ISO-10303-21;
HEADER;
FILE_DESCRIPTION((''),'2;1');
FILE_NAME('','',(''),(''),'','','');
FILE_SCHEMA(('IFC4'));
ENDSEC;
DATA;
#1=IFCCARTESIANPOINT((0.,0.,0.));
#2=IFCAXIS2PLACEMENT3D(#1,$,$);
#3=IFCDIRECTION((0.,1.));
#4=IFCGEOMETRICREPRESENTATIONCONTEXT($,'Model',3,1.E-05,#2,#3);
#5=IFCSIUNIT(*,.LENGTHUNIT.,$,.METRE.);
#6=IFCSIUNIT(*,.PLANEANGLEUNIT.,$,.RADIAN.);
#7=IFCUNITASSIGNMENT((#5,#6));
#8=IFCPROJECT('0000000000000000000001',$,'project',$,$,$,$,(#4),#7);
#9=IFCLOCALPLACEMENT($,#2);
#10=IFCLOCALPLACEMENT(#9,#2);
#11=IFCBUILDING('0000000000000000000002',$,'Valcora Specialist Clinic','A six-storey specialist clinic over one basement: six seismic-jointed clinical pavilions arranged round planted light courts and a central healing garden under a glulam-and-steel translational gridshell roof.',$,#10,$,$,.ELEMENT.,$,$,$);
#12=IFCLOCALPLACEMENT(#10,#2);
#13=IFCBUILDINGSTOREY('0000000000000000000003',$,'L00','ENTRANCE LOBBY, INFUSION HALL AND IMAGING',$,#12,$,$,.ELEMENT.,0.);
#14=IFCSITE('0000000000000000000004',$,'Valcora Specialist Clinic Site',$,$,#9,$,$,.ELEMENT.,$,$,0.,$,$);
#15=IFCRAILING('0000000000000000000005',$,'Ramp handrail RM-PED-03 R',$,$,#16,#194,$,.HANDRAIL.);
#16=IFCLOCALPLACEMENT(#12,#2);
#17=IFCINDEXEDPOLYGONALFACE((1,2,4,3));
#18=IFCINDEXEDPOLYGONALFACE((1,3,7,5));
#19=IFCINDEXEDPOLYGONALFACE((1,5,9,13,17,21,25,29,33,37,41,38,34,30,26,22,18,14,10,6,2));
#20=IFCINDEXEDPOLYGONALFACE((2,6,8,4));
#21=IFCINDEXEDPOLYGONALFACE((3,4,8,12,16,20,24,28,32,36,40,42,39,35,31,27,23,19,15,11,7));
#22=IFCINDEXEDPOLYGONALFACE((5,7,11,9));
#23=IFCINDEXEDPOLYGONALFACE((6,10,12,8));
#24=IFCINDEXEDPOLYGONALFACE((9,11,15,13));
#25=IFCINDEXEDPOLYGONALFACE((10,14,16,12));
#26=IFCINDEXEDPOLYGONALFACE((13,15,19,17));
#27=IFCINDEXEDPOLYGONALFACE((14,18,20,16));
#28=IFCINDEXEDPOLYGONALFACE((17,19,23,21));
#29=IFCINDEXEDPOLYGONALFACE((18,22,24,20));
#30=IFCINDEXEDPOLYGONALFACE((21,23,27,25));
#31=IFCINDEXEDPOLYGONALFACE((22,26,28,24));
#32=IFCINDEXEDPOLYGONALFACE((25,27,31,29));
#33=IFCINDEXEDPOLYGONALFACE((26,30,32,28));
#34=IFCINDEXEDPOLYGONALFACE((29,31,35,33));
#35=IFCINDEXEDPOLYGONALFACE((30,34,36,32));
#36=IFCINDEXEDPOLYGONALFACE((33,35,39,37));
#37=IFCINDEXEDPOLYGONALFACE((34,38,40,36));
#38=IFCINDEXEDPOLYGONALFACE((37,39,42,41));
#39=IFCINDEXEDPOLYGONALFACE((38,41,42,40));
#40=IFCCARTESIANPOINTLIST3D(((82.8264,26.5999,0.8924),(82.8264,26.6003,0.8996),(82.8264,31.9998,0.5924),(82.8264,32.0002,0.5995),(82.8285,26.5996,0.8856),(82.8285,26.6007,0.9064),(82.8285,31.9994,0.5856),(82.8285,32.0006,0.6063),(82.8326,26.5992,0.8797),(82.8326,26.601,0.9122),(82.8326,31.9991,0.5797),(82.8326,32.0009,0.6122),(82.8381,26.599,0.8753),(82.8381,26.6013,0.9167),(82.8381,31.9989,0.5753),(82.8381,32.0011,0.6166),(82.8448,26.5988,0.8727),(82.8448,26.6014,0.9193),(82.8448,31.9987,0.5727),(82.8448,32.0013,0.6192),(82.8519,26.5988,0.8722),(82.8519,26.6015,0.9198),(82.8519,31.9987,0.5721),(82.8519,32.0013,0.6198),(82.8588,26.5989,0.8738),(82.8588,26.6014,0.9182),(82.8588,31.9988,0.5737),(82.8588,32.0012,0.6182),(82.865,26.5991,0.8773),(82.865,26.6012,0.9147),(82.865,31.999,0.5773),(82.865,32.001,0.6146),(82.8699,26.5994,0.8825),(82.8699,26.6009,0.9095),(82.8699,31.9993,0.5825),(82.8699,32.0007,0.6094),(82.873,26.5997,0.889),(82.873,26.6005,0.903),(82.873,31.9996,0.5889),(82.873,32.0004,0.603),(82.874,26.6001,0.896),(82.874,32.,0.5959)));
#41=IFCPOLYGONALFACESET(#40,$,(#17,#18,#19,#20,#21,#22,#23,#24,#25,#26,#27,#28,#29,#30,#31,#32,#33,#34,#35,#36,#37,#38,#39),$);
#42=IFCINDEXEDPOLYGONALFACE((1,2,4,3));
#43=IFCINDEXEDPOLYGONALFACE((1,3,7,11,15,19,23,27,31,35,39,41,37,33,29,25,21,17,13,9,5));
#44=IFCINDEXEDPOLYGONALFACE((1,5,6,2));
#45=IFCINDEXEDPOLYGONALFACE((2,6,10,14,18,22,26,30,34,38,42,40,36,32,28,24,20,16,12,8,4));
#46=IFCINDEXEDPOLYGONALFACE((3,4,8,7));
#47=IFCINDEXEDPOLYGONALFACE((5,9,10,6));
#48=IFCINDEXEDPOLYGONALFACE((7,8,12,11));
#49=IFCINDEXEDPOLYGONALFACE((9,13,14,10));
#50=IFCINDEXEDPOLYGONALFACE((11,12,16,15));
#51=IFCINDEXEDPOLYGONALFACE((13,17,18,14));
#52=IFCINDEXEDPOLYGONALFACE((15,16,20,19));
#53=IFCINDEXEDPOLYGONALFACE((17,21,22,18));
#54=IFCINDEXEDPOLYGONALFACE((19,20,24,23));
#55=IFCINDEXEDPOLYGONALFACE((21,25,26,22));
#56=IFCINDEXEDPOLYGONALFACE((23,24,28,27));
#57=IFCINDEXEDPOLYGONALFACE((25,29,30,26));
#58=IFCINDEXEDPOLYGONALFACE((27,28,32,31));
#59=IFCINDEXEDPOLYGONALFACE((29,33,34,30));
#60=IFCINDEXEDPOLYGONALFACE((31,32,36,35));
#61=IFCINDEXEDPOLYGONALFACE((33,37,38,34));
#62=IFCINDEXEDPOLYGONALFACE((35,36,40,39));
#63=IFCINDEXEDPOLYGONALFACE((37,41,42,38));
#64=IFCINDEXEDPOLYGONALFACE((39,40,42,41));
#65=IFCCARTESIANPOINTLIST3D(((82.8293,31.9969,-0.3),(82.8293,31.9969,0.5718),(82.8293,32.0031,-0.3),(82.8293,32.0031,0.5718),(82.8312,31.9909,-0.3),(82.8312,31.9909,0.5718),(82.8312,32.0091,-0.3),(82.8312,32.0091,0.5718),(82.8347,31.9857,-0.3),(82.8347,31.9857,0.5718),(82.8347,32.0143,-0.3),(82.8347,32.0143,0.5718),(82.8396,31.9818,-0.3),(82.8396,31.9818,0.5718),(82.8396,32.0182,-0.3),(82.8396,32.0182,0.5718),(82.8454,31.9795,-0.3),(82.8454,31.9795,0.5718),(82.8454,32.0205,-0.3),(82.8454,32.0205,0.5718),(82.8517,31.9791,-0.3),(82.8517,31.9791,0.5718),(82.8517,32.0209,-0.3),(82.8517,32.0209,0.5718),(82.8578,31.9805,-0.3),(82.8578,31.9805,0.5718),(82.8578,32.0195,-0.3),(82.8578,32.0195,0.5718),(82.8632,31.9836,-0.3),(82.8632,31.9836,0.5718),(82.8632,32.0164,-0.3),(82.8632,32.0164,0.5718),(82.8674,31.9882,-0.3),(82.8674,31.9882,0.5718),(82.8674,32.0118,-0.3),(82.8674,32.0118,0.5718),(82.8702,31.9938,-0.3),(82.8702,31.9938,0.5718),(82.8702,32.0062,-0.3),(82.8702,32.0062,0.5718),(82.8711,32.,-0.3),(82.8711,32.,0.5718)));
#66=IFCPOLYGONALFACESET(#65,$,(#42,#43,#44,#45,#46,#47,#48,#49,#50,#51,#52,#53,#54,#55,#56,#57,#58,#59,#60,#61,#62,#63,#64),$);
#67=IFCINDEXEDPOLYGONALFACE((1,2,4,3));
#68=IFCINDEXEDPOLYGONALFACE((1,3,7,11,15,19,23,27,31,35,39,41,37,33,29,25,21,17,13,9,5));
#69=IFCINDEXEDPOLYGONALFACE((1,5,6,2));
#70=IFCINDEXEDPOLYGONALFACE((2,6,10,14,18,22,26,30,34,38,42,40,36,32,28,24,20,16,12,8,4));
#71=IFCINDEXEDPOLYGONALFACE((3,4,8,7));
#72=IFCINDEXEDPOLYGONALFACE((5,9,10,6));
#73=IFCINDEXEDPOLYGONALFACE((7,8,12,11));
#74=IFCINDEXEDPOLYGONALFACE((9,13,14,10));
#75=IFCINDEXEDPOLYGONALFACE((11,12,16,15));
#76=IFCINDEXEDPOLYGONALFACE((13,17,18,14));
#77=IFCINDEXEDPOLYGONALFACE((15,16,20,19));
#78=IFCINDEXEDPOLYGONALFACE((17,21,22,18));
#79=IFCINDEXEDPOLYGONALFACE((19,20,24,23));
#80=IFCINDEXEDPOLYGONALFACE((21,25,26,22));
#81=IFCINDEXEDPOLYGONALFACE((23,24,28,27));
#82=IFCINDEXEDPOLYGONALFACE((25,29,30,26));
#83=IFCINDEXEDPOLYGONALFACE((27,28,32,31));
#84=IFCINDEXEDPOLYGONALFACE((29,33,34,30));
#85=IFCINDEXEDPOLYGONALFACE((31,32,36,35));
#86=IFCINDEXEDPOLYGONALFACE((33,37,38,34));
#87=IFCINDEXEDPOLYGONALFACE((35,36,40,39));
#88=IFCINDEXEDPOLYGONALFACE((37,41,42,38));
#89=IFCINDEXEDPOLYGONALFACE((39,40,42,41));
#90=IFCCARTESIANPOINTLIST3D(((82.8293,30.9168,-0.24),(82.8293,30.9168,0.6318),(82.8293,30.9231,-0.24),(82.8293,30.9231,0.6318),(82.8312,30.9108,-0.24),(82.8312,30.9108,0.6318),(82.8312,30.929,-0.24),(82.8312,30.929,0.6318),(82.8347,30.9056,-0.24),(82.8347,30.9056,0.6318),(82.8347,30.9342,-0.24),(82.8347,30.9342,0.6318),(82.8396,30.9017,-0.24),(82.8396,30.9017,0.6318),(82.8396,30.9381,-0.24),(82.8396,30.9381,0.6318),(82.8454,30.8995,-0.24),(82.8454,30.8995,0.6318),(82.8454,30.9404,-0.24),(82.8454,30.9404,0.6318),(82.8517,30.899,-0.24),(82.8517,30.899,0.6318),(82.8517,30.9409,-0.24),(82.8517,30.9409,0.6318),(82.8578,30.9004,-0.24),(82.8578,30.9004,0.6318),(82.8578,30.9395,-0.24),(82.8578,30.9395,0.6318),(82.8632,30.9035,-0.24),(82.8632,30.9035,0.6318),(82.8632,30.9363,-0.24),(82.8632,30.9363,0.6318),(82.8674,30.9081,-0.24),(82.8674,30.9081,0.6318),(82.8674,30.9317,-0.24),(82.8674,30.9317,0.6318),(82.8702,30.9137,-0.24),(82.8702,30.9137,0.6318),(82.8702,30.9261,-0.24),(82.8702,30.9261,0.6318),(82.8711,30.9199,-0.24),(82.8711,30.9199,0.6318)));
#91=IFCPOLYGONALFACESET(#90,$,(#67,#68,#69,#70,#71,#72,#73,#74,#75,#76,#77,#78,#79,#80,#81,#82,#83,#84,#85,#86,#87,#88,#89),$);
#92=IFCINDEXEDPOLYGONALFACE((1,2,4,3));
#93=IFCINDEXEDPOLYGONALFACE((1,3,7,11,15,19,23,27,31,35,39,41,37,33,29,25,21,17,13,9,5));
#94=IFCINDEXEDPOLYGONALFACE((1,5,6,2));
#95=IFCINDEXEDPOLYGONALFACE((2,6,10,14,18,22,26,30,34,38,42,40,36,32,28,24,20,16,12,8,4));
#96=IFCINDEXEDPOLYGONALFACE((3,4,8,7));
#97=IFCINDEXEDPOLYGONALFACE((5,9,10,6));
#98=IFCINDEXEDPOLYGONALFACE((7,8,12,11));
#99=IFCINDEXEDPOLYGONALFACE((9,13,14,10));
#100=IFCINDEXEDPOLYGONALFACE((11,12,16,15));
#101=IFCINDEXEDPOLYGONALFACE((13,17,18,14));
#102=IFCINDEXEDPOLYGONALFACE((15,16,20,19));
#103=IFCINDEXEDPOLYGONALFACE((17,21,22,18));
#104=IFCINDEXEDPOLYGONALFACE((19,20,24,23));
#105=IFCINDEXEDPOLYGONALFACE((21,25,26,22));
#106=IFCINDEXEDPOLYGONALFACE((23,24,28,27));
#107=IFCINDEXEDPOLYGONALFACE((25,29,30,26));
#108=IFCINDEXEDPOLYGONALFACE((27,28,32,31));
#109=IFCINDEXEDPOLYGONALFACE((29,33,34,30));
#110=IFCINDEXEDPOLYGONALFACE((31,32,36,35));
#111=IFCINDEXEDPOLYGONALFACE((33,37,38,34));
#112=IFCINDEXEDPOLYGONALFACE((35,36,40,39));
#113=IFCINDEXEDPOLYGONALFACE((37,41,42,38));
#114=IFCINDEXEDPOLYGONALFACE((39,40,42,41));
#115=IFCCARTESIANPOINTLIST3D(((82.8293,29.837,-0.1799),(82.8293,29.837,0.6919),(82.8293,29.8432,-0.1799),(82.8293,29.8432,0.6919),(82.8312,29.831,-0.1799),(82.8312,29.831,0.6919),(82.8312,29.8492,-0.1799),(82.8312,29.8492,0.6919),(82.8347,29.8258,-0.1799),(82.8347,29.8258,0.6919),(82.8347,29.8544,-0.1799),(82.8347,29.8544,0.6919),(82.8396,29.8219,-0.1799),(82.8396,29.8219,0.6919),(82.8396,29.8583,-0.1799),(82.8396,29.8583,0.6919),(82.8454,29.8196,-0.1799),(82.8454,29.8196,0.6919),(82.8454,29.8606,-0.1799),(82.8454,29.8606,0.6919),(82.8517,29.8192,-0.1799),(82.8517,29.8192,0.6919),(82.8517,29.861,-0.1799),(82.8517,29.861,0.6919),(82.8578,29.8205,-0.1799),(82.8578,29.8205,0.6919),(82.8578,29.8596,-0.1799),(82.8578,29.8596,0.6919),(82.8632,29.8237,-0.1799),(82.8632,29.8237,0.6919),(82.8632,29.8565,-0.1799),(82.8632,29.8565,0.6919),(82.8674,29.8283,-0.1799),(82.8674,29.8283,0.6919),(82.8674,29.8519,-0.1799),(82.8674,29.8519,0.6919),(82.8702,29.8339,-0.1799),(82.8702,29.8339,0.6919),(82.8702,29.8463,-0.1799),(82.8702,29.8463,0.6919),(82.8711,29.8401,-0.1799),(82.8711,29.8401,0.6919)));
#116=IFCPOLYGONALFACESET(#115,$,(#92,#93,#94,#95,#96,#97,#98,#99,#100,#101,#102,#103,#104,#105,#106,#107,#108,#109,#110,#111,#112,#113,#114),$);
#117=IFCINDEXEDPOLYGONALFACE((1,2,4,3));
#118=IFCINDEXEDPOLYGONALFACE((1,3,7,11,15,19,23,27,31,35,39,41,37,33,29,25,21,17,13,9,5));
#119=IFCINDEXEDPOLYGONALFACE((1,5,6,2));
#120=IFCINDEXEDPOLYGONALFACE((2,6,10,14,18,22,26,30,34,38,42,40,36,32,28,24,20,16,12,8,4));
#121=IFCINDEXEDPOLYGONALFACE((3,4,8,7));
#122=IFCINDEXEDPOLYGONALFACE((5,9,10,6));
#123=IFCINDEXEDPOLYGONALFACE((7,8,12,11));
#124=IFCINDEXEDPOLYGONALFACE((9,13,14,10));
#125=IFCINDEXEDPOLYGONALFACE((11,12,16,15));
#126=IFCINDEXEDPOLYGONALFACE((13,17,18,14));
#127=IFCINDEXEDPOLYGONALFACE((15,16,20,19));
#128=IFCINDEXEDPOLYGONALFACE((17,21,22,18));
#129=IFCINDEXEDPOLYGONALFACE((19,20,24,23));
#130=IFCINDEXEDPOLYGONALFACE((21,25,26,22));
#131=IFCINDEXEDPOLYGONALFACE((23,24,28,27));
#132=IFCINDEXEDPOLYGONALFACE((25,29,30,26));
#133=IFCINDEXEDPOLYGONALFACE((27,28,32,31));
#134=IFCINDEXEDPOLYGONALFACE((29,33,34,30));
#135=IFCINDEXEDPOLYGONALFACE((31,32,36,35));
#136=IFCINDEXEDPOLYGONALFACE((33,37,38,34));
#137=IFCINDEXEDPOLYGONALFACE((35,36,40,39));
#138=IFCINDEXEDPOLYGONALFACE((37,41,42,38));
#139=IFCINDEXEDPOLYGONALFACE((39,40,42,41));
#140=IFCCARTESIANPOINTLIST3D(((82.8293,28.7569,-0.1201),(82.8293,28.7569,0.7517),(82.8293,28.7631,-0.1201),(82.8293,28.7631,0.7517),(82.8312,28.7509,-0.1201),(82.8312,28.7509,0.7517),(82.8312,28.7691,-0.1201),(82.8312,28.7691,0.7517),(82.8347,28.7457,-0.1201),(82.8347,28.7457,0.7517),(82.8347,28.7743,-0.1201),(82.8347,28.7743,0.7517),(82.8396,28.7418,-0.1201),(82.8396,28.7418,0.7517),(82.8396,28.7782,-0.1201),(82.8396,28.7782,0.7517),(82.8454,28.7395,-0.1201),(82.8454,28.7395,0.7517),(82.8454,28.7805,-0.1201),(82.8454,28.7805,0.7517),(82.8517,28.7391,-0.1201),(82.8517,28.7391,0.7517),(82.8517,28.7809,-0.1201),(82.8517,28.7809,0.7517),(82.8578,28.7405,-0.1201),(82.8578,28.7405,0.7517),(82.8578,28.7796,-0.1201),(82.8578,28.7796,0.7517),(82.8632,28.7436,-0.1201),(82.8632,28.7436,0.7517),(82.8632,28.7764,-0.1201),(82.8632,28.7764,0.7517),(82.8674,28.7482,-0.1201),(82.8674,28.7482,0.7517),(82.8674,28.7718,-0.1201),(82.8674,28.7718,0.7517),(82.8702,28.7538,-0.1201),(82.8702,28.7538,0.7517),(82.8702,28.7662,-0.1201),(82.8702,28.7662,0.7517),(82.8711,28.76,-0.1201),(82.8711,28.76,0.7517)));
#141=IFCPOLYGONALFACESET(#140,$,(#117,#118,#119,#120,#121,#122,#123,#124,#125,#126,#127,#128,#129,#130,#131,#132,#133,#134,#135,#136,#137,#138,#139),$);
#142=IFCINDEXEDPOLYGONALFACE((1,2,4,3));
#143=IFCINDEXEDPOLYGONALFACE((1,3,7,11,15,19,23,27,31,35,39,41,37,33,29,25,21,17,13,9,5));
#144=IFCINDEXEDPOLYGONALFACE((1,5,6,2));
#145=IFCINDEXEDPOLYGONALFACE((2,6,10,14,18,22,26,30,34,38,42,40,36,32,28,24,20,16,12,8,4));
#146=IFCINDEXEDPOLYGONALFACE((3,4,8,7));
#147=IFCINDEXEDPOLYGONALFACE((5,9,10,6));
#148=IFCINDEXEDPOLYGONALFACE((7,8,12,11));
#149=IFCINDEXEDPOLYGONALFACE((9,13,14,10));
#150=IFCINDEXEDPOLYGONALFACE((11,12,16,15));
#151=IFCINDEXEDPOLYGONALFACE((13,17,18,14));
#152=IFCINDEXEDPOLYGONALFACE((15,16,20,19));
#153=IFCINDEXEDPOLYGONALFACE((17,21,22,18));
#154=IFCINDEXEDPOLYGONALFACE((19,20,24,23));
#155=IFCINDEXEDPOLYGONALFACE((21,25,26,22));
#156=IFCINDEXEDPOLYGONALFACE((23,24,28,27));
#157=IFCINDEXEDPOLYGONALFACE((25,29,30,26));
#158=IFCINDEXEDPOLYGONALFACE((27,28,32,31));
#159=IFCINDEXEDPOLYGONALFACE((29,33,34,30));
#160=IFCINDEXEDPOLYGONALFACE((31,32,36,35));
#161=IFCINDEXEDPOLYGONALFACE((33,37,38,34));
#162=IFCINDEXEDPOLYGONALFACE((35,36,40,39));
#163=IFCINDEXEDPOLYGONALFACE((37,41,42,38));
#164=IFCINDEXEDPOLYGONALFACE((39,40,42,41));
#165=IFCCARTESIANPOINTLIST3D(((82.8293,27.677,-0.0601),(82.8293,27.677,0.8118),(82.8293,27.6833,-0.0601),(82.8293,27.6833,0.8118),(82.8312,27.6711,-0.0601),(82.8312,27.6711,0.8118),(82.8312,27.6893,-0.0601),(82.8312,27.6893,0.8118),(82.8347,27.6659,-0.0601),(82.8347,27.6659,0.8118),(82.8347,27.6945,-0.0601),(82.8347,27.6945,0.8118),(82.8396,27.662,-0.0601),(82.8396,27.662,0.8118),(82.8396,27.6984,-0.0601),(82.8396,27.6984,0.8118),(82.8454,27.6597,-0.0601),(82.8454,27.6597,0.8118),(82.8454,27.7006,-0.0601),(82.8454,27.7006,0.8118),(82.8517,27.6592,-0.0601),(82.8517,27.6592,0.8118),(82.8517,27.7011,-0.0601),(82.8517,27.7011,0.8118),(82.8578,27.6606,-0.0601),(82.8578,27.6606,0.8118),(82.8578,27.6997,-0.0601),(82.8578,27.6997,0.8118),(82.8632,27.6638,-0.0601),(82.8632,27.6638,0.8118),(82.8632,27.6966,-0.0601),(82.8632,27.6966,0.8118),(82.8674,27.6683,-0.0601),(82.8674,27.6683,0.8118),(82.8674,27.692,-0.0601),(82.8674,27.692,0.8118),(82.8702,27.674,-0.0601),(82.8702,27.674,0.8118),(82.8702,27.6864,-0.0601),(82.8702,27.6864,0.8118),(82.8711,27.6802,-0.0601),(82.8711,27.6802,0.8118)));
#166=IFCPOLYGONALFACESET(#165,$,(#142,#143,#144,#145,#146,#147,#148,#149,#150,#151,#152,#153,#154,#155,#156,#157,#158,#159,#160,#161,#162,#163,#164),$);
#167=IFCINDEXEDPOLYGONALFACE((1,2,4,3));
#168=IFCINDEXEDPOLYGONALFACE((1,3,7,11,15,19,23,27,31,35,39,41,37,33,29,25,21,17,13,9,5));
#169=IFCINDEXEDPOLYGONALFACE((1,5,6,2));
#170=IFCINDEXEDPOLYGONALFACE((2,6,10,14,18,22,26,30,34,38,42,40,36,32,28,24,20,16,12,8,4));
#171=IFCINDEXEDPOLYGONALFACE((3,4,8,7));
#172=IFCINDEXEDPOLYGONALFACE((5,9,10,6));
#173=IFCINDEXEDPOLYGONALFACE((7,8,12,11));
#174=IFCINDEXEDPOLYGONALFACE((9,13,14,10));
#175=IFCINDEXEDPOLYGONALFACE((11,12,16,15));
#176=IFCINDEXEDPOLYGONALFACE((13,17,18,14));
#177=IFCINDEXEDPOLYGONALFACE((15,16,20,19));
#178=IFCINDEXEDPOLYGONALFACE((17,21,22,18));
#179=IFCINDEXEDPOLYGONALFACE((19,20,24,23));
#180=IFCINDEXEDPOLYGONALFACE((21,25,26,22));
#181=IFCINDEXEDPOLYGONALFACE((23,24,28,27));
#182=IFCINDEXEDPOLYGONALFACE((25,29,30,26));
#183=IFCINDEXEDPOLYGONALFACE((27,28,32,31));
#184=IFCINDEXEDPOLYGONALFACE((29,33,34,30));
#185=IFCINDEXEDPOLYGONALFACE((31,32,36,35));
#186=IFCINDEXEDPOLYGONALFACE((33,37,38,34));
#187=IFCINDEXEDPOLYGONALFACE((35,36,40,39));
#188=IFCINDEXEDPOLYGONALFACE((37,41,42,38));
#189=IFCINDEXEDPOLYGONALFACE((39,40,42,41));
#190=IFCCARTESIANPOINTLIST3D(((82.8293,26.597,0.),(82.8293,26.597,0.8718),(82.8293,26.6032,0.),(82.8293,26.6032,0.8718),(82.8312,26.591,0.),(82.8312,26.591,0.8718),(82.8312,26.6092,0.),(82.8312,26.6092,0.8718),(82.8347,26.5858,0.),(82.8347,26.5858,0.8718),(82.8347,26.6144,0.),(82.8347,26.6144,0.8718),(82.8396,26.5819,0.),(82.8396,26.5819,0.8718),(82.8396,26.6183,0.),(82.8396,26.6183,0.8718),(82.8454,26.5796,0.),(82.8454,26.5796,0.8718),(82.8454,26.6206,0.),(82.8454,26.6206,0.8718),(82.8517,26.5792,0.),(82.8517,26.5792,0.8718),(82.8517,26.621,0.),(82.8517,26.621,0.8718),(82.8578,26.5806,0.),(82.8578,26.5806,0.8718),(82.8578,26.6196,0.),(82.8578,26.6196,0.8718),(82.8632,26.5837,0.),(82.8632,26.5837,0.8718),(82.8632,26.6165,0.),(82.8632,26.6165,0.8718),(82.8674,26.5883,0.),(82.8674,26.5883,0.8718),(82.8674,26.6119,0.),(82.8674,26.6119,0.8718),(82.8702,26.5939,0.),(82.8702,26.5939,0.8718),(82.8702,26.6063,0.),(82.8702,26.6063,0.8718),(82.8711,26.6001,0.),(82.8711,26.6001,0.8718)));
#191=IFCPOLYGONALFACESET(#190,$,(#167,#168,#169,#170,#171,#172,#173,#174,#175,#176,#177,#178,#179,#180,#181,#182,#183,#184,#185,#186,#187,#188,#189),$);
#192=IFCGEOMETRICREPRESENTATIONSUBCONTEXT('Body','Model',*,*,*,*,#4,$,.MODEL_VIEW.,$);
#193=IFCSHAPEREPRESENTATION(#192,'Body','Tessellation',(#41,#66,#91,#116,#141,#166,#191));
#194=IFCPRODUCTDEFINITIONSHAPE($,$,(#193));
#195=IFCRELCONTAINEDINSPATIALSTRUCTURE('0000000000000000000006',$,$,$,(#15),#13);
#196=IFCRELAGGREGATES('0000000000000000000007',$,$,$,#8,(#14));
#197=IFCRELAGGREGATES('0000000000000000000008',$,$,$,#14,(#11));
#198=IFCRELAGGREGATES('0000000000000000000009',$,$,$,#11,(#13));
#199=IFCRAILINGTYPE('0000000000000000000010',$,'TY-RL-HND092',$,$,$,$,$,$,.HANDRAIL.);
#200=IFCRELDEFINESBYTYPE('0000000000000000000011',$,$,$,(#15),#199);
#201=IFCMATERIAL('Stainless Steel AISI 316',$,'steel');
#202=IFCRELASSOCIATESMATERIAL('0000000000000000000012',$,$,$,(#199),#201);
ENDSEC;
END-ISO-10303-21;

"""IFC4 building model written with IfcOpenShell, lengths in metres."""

from ifc_helpers import new_model, si_unit, direction, frame, origin, origin_2d, place, context, subcontext, project, spatial, circle, extrude, material, type_object, element, save


model = new_model("IFC4")

# Units and contexts
model_context = context("Model", 3, precision=1e-05, world=origin(), true_north=direction((0.0, 1.0)))
body_context = subcontext(model_context, "Body", "Model", "MODEL_VIEW")
ifc_project = project(units=[si_unit("LENGTHUNIT", "METRE"), si_unit("PLANEANGLEUNIT", "RADIAN")], contexts=[model_context])

# Site, building, storey
site_placement = place(None, origin())
site = spatial("IfcSite", under=ifc_project, at=site_placement, Name="Valcora Specialist Clinic Site", CompositionType="ELEMENT", RefElevation=0.0)
building_placement = place(site_placement, origin())
building = spatial("IfcBuilding", under=site, at=building_placement, Name="Valcora Specialist Clinic", Description="A six-storey specialist clinic over one basement: six seismic-jointed clinical pavilions arranged round planted light courts and a central healing garden under a glulam-and-steel translational gridshell roof.", CompositionType="ELEMENT")
storey_placement = place(building_placement, origin())
storey = spatial("IfcBuildingStorey", under=building, at=storey_placement, Name="L00", Description="ENTRANCE LOBBY, INFUSION HALL AND IMAGING", CompositionType="ELEMENT", Elevation=0.0)

# Railing
ifc_material_1 = material(Name="Stainless Steel AISI 316", Category="steel")
railing_type = type_object("IfcRailingType", Name="TY-RL-HND092", PredefinedType="HANDRAIL", material=ifc_material_1)
for number, where, name in (
    (1, (82.8501, 32.0, -0.3), "Ramp handrail RM-PED-03 R"),
):
    element("IfcRailing", number, at=place(storey_placement, frame(where)), inside=storey, type_object=railing_type, Name=name, PredefinedType="HANDRAIL", context=body_context, shape_type="SweptSolid", body=[
        extrude(circle(Radius=0.0239, at=origin_2d()), frame((0.0, 0.0, 0.896), z_axis=(0.0, -0.99846, 0.05548), x_axis=(1.0, 0.0, 0.0)), (0.0, 0.0, 1.0), 5.4082),
        extrude(circle(Radius=0.021, at=origin_2d()), origin(), (0.0, 0.0, 1.0), 0.8718),
        extrude(circle(Radius=0.021, at=origin_2d()), frame((0.0, -1.0801, 0.0601)), (0.0, 0.0, 1.0), 0.8718),
        extrude(circle(Radius=0.021, at=origin_2d()), frame((0.0, -2.1599, 0.1201)), (0.0, 0.0, 1.0), 0.8718),
        extrude(circle(Radius=0.021, at=origin_2d()), frame((0.0, -3.24, 0.1799)), (0.0, 0.0, 1.0), 0.8718),
        extrude(circle(Radius=0.021, at=origin_2d()), frame((0.0, -4.3198, 0.24)), (0.0, 0.0, 1.0), 0.8718),
        extrude(circle(Radius=0.021, at=origin_2d()), frame((0.0, -5.3999, 0.3)), (0.0, 0.0, 1.0), 0.8718),
    ])

save(model, "model.ifc")
